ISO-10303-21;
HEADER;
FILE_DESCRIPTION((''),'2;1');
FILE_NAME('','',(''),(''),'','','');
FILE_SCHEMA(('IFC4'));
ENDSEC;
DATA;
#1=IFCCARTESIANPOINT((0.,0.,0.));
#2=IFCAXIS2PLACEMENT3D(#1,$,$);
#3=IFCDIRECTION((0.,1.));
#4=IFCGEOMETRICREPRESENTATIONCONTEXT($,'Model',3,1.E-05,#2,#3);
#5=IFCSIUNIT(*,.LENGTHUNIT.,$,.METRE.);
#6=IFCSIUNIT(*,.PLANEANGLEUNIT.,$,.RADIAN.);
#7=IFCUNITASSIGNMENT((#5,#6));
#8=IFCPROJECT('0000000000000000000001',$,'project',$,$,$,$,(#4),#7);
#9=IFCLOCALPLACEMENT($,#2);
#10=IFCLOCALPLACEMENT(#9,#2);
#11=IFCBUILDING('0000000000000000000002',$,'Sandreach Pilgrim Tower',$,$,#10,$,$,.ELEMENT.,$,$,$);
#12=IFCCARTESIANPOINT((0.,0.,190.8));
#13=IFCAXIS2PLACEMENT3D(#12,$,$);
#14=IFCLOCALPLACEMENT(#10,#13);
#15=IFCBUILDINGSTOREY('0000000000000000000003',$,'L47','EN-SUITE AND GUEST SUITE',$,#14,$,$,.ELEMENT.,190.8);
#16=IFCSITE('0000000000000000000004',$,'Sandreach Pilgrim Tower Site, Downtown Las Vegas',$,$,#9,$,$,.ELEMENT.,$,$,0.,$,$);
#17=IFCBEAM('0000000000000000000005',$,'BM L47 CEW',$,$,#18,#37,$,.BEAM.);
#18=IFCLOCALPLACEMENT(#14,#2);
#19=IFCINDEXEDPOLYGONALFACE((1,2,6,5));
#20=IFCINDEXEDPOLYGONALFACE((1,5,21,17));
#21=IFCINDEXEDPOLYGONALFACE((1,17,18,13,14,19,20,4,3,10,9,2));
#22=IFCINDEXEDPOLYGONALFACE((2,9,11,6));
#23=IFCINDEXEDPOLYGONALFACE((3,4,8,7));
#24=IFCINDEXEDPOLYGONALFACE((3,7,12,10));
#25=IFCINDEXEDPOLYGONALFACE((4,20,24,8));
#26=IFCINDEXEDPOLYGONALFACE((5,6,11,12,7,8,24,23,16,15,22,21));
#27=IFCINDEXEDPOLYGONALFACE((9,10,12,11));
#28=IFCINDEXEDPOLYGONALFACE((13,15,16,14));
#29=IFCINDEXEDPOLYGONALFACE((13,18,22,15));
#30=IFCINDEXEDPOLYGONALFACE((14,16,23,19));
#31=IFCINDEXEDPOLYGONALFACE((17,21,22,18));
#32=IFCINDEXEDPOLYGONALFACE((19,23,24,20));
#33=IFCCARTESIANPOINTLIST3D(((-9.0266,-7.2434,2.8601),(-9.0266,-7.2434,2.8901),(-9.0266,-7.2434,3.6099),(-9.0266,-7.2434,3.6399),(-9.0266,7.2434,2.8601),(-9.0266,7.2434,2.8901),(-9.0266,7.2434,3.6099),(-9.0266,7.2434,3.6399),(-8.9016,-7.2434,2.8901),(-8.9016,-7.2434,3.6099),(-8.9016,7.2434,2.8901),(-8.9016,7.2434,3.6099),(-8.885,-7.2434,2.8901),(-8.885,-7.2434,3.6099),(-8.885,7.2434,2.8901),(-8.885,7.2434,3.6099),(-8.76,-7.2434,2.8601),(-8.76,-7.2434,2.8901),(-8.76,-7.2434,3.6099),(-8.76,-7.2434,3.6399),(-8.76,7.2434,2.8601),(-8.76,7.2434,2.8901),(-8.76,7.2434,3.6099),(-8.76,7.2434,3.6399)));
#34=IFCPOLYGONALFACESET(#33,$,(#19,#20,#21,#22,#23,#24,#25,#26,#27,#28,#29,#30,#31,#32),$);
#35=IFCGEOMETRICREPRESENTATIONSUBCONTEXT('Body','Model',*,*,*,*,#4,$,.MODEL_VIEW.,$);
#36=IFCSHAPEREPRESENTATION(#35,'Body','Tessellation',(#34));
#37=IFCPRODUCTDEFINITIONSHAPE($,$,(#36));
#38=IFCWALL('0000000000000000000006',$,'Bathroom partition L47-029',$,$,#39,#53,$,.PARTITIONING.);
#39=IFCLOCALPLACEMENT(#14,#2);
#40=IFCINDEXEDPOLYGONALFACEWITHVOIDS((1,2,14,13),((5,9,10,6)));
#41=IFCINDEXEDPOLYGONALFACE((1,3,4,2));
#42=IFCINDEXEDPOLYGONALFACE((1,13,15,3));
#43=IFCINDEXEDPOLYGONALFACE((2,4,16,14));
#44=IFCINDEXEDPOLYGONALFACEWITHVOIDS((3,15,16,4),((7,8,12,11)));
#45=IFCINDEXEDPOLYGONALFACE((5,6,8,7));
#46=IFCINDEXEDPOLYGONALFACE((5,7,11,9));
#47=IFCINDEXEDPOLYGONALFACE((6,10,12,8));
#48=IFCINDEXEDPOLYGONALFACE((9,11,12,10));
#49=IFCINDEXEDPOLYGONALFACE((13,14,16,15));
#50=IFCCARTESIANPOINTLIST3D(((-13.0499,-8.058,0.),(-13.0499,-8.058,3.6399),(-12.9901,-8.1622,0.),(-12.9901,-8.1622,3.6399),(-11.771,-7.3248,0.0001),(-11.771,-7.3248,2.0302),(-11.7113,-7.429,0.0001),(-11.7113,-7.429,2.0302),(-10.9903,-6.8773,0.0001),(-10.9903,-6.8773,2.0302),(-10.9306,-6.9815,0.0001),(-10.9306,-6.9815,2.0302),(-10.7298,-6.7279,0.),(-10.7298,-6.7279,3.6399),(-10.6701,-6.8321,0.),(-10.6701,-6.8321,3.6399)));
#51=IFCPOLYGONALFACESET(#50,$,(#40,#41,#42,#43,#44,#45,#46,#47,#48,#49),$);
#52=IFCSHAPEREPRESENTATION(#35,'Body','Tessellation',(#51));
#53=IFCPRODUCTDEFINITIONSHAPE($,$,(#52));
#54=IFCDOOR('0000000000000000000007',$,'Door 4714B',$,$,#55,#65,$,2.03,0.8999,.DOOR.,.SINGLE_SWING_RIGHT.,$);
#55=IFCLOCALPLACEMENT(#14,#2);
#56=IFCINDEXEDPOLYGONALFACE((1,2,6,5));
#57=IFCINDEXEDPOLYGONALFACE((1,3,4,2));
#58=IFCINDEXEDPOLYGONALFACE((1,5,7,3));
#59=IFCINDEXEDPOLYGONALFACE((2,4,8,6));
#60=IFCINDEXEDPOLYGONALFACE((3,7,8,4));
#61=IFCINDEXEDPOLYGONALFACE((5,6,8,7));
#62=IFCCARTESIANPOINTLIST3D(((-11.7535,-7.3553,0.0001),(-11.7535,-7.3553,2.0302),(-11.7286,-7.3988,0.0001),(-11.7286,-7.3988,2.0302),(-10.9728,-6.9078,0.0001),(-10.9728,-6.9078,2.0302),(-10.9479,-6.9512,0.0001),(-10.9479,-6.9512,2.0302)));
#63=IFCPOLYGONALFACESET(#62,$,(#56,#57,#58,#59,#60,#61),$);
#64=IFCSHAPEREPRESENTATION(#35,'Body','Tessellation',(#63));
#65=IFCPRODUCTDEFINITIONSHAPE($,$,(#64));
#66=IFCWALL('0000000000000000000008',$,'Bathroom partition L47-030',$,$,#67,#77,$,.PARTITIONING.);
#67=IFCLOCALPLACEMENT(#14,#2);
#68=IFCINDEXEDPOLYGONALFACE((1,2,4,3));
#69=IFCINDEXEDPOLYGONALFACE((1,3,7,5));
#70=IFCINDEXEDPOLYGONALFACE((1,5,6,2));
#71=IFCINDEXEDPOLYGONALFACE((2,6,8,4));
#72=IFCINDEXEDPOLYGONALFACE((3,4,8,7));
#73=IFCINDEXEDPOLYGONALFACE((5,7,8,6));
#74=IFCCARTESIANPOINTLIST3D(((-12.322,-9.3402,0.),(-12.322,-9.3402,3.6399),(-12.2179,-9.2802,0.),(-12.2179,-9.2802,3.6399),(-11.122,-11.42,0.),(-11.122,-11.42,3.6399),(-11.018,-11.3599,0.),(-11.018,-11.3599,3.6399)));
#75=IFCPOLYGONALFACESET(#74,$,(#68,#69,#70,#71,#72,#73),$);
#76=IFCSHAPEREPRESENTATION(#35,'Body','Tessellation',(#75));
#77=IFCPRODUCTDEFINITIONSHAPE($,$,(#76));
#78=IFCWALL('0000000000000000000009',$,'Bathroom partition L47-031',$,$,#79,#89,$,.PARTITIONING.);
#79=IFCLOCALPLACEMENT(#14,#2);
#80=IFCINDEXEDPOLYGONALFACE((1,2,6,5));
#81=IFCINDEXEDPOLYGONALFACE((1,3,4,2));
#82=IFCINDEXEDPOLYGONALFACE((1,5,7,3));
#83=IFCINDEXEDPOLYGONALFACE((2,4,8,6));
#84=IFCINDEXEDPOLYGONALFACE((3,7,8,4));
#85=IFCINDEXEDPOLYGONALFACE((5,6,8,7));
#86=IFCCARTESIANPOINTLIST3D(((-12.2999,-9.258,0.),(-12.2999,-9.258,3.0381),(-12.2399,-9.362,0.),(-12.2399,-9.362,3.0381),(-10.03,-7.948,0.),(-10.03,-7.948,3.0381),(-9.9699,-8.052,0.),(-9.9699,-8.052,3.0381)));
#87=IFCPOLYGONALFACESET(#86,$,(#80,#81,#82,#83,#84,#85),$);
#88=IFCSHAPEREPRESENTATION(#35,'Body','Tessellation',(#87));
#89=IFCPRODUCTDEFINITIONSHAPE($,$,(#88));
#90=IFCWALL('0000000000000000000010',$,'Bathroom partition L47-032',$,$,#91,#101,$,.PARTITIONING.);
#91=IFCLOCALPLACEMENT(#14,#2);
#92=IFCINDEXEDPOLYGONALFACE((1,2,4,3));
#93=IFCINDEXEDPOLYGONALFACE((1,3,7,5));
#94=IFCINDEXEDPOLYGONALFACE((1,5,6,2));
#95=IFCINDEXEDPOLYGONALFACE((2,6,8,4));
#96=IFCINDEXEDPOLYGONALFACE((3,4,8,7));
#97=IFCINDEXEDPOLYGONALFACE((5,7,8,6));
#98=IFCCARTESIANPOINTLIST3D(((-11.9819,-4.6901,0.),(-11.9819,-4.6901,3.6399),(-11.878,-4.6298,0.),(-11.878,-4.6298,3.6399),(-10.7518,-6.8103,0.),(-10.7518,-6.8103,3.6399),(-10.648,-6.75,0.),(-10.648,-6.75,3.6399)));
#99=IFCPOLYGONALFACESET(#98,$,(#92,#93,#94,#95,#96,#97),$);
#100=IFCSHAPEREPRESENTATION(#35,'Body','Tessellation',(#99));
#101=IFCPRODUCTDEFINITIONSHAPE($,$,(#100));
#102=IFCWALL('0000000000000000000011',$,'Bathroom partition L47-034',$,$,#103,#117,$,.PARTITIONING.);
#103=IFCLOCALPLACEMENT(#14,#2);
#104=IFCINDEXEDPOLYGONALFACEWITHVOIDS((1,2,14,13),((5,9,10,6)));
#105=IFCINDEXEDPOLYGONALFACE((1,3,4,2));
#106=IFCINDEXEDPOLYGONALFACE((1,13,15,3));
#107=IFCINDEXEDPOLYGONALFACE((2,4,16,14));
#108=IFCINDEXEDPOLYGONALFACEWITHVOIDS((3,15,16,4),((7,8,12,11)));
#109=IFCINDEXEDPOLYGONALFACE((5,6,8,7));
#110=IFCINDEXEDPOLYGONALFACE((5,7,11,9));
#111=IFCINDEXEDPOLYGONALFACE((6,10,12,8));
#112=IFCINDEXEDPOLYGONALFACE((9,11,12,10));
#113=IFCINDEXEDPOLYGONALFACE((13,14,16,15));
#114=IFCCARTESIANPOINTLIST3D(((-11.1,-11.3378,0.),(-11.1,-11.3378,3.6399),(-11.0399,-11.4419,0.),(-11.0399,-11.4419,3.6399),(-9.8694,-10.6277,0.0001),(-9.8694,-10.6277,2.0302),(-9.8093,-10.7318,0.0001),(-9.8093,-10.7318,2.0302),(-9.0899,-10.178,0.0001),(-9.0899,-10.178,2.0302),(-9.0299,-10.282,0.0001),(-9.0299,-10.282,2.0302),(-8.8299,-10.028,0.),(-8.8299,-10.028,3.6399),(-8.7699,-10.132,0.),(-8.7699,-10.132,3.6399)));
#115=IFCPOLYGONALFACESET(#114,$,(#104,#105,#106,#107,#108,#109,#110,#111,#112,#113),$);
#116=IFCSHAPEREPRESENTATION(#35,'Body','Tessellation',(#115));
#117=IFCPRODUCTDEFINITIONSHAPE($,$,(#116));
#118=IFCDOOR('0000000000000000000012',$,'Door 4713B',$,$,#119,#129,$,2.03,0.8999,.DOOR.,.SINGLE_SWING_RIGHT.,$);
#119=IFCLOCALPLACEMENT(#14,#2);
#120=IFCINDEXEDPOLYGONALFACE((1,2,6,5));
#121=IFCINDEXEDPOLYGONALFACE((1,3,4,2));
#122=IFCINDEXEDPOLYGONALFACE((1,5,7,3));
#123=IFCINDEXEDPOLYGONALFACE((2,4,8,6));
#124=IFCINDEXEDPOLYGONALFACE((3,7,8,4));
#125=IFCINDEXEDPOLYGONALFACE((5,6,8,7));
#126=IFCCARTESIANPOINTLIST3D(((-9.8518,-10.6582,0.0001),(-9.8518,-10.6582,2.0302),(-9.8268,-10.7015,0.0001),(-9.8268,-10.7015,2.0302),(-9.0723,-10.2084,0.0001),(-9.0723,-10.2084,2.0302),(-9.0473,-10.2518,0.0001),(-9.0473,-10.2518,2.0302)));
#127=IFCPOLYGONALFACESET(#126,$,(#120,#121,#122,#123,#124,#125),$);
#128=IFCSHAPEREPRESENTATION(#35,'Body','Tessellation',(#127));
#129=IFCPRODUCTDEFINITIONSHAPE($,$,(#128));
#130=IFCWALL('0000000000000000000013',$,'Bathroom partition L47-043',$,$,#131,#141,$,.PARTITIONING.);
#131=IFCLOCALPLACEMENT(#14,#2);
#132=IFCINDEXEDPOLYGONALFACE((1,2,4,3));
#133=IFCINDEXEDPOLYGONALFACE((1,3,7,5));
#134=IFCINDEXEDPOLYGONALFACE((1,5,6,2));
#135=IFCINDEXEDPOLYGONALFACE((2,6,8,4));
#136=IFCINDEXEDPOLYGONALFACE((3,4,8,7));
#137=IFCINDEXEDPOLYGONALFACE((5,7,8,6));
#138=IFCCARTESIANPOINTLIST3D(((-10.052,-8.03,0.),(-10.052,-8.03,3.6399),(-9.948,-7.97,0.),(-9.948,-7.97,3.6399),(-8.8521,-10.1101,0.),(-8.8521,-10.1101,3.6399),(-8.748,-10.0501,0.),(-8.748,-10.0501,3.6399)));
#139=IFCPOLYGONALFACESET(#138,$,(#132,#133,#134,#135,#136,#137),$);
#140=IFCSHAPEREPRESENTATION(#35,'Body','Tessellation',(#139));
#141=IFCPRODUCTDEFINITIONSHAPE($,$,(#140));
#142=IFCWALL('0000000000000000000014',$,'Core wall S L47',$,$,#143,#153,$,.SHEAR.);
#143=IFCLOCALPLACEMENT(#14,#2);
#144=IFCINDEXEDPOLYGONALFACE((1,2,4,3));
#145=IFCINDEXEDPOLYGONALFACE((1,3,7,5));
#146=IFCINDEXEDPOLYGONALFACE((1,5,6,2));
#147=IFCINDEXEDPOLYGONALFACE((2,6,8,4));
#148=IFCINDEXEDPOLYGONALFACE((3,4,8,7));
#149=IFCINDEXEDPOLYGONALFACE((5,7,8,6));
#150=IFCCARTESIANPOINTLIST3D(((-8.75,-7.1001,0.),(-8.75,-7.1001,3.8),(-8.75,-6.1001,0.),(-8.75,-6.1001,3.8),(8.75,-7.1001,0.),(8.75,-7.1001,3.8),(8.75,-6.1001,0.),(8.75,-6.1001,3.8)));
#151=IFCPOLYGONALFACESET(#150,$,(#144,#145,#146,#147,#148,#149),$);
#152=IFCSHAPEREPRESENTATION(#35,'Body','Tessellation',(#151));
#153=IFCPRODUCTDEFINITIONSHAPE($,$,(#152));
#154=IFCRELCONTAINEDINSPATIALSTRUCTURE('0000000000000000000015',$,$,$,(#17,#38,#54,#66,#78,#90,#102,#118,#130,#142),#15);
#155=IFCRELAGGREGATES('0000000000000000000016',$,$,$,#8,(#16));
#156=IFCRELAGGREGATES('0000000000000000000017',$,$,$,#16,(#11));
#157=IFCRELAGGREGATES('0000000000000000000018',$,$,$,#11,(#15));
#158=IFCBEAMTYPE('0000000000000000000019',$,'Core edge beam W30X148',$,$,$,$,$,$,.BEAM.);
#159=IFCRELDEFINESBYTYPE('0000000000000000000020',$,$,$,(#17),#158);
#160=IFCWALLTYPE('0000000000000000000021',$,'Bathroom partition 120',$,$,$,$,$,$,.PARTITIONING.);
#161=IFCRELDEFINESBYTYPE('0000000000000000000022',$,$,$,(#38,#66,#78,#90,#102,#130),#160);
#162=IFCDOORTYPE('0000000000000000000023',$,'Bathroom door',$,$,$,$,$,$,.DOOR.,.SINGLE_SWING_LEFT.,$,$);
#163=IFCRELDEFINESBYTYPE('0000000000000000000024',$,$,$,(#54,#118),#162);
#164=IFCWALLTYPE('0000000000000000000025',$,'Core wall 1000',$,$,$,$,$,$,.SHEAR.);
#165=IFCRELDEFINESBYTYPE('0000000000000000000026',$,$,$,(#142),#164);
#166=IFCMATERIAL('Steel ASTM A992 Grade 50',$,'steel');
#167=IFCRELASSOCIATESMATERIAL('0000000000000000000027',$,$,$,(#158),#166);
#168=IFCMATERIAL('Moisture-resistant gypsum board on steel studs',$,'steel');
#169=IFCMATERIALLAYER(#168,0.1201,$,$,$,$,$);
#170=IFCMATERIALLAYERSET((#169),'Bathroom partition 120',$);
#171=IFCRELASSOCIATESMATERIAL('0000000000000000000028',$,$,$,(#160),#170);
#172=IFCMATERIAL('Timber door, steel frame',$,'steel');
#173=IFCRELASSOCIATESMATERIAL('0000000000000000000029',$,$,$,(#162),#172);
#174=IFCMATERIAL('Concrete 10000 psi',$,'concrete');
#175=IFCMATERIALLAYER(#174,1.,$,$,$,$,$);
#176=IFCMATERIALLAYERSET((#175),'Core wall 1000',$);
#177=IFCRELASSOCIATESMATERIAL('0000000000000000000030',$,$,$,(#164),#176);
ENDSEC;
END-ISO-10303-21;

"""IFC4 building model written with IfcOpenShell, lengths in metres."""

from ifc_helpers import new_model, si_unit, direction, frame, frame_2d, origin, origin_2d, place, context, subcontext, project, spatial, rectangle, i_section, extrude, material, layer, layer_set, material_profile, profile_set, type_object, element, fill, save


model = new_model("IFC4")

# Units and contexts
model_context = context("Model", 3, precision=1e-05, world=origin(), true_north=direction((0.0, 1.0)))
body_context = subcontext(model_context, "Body", "Model", "MODEL_VIEW")
ifc_project = project(units=[si_unit("LENGTHUNIT", "METRE"), si_unit("PLANEANGLEUNIT", "RADIAN")], contexts=[model_context])

# Site, building, storey
site_placement = place(None, origin())
site = spatial("IfcSite", under=ifc_project, at=site_placement, Name="Sandreach Pilgrim Tower Site, Downtown Las Vegas", CompositionType="ELEMENT", RefElevation=0.0)
building_placement = place(site_placement, origin())
building = spatial("IfcBuilding", under=site, at=building_placement, Name="Sandreach Pilgrim Tower", CompositionType="ELEMENT")
storey_placement = place(building_placement, frame((0.0, 0.0, 190.8)))
storey = spatial("IfcBuildingStorey", under=building, at=storey_placement, Name="L47", Description="EN-SUITE AND GUEST SUITE", CompositionType="ELEMENT", Elevation=190.8)

# Beam
ifc_material_1 = material(Name="Steel ASTM A992 Grade 50", Category="steel")
ifc_material_profile = material_profile(ifc_material_1, i_section(OverallWidth=0.2666, OverallDepth=0.7798, WebThickness=0.0166, FlangeThickness=0.03, at=origin_2d()), Name="W30X148")
ifc_profile_set = profile_set([ifc_material_profile], Name="Steel ASTM A992 Grade 50")
beam_type = type_object("IfcBeamType", Name="Core edge beam W30X148", PredefinedType="BEAM", material=ifc_profile_set)
beam_placement = place(storey_placement, frame((-8.8933, -7.2434, 3.25), z_axis=(0.0, 1.0, 0.0), x_axis=(-1.0, 0.0, 0.0)))
element("IfcBeam", 1, at=beam_placement, inside=storey, type_object=beam_type, Name="BM L47 CEW", PredefinedType="BEAM", context=body_context, shape_type="SweptSolid", body=[
    extrude(i_section(OverallWidth=0.2666, OverallDepth=0.7798, WebThickness=0.0166, FlangeThickness=0.03, at=origin_2d()), origin(), (0.0, 0.0, 1.0), 14.4868),
])

# Wall, opening, door
ifc_material_2 = material(Name="Moisture-resistant gypsum board on steel studs", Category="steel")
ifc_layer_1 = layer(ifc_material_2, 0.1201)
ifc_layer_set_1 = layer_set([ifc_layer_1], Name="Bathroom partition 120")
wall_type_1 = type_object("IfcWallType", Name="Bathroom partition 120", PredefinedType="PARTITIONING", material=ifc_layer_set_1)
wall_1_placement = place(storey_placement, frame((-13.02, -8.1101, 0.0), z_axis=(0.0, 0.0, 1.0), x_axis=(0.867546, 0.497358, 0.0)))
wall_1 = element("IfcWall", 2, at=wall_1_placement, inside=storey, type_object=wall_type_1, Name="Bathroom partition L47-029", PredefinedType="PARTITIONING", context=body_context, shape_type="SweptSolid", body=[
    extrude(rectangle(XDim=2.6743, YDim=0.1201, at=frame_2d((1.3372, 0.0))), origin(), (0.0, 0.0, 1.0), 3.6399),
])
opening_1_placement = place(wall_1_placement, frame((1.4741, 0.0, 0.0)))
opening_1 = element("IfcOpeningElement", 3, at=opening_1_placement, cuts=wall_1, PredefinedType="OPENING", context=body_context, shape_type="SweptSolid", body=[
    extrude(rectangle(XDim=0.8999, YDim=2.03, at=frame_2d((0.45, 1.0151))), frame((0.0, 0.0601, 0.0), z_axis=(0.0, -1.0, 0.0), x_axis=(1.0, 0.0, 0.0)), (0.0, 0.0, 1.0), 0.1201),
])
ifc_material_3 = material(Name="Timber door, steel frame", Category="steel")
door_type_1 = type_object("IfcDoorType", Name="Bathroom door", OperationType="SINGLE_SWING_LEFT", PredefinedType="DOOR", material=ifc_material_3)
door_1_placement = place(opening_1_placement, origin())
door_1 = element("IfcDoor", 4, at=door_1_placement, inside=storey, type_object=door_type_1, Name="Door 4714B", OperationType="SINGLE_SWING_RIGHT", OverallHeight=2.03, OverallWidth=0.8999, PredefinedType="DOOR", context=body_context, shape_type="SweptSolid", body=[
    extrude(rectangle(XDim=0.8999, YDim=2.03, at=frame_2d((0.45, 1.0151))), frame((0.0, 0.0249, 0.0), z_axis=(0.0, -1.0, 0.0), x_axis=(1.0, 0.0, 0.0)), (0.0, 0.0, 1.0), 0.05),
])
fill(opening_1, door_1)

# Walls
wall_2_placement = place(storey_placement, frame((-12.27, -9.3101, 0.0), z_axis=(0.0, 0.0, 1.0), x_axis=(0.499737, -0.866177, 0.0)))
element("IfcWall", 5, at=wall_2_placement, inside=storey, type_object=wall_type_1, Name="Bathroom partition L47-030", PredefinedType="PARTITIONING", context=body_context, shape_type="SweptSolid", body=[
    extrude(rectangle(XDim=2.4011, YDim=0.1201, at=frame_2d((1.2007, 0.0))), origin(), (0.0, 0.0, 1.0), 3.6399),
])
wall_3_placement = place(storey_placement, frame((-12.27, -9.3101, 0.0), z_axis=(0.0, 0.0, 1.0), x_axis=(0.866114, 0.499846, 0.0)))
element("IfcWall", 6, at=wall_3_placement, inside=storey, type_object=wall_type_1, Name="Bathroom partition L47-031", PredefinedType="PARTITIONING", context=body_context, shape_type="SweptSolid", body=[
    extrude(rectangle(XDim=2.6208, YDim=0.1201, at=frame_2d((1.3105, 0.0))), origin(), (0.0, 0.0, 1.0), 3.0381),
])
wall_4_placement = place(storey_placement, frame((-11.9299, -4.6599, 0.0), z_axis=(0.0, 0.0, 1.0), x_axis=(0.501813, -0.864976, 0.0)))
element("IfcWall", 7, at=wall_4_placement, inside=storey, type_object=wall_type_1, Name="Bathroom partition L47-032", PredefinedType="PARTITIONING", context=body_context, shape_type="SweptSolid", body=[
    extrude(rectangle(XDim=2.4512, YDim=0.1201, at=frame_2d((1.2256, 0.0))), origin(), (0.0, 0.0, 1.0), 3.6399),
])

# Wall, opening, door
wall_5_placement = place(storey_placement, frame((-11.0701, -11.3899, 0.0), z_axis=(0.0, 0.0, 1.0), x_axis=(0.866155, 0.499776, 0.0)))
wall_5 = element("IfcWall", 8, at=wall_5_placement, inside=storey, type_object=wall_type_1, Name="Bathroom partition L47-034", PredefinedType="PARTITIONING", context=body_context, shape_type="SweptSolid", body=[
    extrude(rectangle(XDim=2.6208, YDim=0.1201, at=frame_2d((1.3105, 0.0))), origin(), (0.0, 0.0, 1.0), 3.6399),
])
opening_2_placement = place(wall_5_placement, frame((1.4209, 0.0, 0.0)))
opening_2 = element("IfcOpeningElement", 9, at=opening_2_placement, cuts=wall_5, PredefinedType="OPENING", context=body_context, shape_type="SweptSolid", body=[
    extrude(rectangle(XDim=0.8999, YDim=2.03, at=frame_2d((0.45, 1.0151))), frame((0.0, 0.0601, 0.0), z_axis=(0.0, -1.0, 0.0), x_axis=(1.0, 0.0, 0.0)), (0.0, 0.0, 1.0), 0.1201),
])
door_2_placement = place(opening_2_placement, origin())
door_2 = element("IfcDoor", 10, at=door_2_placement, inside=storey, type_object=door_type_1, Name="Door 4713B", OperationType="SINGLE_SWING_RIGHT", OverallHeight=2.03, OverallWidth=0.8999, PredefinedType="DOOR", context=body_context, shape_type="SweptSolid", body=[
    extrude(rectangle(XDim=0.8999, YDim=2.03, at=frame_2d((0.45, 1.0151))), frame((0.0, 0.0249, 0.0), z_axis=(0.0, -1.0, 0.0), x_axis=(1.0, 0.0, 0.0)), (0.0, 0.0, 1.0), 0.05),
])
fill(opening_2, door_2)

# Walls
wall_6_placement = place(storey_placement, frame((-10.0, -8.0, 0.0), z_axis=(0.0, 0.0, 1.0), x_axis=(0.499693, -0.866203, 0.0)))
element("IfcWall", 11, at=wall_6_placement, inside=storey, type_object=wall_type_1, Name="Bathroom partition L47-043", PredefinedType="PARTITIONING", context=body_context, shape_type="SweptSolid", body=[
    extrude(rectangle(XDim=2.4014, YDim=0.1201, at=frame_2d((1.2007, 0.0))), origin(), (0.0, 0.0, 1.0), 3.6399),
])
ifc_material_4 = material(Name="Concrete 10000 psi", Category="concrete")
ifc_layer_2 = layer(ifc_material_4, 1.0)
ifc_layer_set_2 = layer_set([ifc_layer_2], Name="Core wall 1000")
wall_type_2 = type_object("IfcWallType", Name="Core wall 1000", PredefinedType="SHEAR", material=ifc_layer_set_2)
wall_7_placement = place(storey_placement, frame((-8.75, -6.6001, 0.0), z_axis=(0.0, 0.0, 1.0), x_axis=(1.0, 0.0, 0.0)))
element("IfcWall", 12, at=wall_7_placement, inside=storey, type_object=wall_type_2, Name="Core wall S L47", PredefinedType="SHEAR", context=body_context, shape_type="SweptSolid", body=[
    extrude(rectangle(XDim=17.5, YDim=1.0, at=frame_2d((8.75, 0.0))), origin(), (0.0, 0.0, 1.0), 3.8),
])

save(model, "model.ifc")
